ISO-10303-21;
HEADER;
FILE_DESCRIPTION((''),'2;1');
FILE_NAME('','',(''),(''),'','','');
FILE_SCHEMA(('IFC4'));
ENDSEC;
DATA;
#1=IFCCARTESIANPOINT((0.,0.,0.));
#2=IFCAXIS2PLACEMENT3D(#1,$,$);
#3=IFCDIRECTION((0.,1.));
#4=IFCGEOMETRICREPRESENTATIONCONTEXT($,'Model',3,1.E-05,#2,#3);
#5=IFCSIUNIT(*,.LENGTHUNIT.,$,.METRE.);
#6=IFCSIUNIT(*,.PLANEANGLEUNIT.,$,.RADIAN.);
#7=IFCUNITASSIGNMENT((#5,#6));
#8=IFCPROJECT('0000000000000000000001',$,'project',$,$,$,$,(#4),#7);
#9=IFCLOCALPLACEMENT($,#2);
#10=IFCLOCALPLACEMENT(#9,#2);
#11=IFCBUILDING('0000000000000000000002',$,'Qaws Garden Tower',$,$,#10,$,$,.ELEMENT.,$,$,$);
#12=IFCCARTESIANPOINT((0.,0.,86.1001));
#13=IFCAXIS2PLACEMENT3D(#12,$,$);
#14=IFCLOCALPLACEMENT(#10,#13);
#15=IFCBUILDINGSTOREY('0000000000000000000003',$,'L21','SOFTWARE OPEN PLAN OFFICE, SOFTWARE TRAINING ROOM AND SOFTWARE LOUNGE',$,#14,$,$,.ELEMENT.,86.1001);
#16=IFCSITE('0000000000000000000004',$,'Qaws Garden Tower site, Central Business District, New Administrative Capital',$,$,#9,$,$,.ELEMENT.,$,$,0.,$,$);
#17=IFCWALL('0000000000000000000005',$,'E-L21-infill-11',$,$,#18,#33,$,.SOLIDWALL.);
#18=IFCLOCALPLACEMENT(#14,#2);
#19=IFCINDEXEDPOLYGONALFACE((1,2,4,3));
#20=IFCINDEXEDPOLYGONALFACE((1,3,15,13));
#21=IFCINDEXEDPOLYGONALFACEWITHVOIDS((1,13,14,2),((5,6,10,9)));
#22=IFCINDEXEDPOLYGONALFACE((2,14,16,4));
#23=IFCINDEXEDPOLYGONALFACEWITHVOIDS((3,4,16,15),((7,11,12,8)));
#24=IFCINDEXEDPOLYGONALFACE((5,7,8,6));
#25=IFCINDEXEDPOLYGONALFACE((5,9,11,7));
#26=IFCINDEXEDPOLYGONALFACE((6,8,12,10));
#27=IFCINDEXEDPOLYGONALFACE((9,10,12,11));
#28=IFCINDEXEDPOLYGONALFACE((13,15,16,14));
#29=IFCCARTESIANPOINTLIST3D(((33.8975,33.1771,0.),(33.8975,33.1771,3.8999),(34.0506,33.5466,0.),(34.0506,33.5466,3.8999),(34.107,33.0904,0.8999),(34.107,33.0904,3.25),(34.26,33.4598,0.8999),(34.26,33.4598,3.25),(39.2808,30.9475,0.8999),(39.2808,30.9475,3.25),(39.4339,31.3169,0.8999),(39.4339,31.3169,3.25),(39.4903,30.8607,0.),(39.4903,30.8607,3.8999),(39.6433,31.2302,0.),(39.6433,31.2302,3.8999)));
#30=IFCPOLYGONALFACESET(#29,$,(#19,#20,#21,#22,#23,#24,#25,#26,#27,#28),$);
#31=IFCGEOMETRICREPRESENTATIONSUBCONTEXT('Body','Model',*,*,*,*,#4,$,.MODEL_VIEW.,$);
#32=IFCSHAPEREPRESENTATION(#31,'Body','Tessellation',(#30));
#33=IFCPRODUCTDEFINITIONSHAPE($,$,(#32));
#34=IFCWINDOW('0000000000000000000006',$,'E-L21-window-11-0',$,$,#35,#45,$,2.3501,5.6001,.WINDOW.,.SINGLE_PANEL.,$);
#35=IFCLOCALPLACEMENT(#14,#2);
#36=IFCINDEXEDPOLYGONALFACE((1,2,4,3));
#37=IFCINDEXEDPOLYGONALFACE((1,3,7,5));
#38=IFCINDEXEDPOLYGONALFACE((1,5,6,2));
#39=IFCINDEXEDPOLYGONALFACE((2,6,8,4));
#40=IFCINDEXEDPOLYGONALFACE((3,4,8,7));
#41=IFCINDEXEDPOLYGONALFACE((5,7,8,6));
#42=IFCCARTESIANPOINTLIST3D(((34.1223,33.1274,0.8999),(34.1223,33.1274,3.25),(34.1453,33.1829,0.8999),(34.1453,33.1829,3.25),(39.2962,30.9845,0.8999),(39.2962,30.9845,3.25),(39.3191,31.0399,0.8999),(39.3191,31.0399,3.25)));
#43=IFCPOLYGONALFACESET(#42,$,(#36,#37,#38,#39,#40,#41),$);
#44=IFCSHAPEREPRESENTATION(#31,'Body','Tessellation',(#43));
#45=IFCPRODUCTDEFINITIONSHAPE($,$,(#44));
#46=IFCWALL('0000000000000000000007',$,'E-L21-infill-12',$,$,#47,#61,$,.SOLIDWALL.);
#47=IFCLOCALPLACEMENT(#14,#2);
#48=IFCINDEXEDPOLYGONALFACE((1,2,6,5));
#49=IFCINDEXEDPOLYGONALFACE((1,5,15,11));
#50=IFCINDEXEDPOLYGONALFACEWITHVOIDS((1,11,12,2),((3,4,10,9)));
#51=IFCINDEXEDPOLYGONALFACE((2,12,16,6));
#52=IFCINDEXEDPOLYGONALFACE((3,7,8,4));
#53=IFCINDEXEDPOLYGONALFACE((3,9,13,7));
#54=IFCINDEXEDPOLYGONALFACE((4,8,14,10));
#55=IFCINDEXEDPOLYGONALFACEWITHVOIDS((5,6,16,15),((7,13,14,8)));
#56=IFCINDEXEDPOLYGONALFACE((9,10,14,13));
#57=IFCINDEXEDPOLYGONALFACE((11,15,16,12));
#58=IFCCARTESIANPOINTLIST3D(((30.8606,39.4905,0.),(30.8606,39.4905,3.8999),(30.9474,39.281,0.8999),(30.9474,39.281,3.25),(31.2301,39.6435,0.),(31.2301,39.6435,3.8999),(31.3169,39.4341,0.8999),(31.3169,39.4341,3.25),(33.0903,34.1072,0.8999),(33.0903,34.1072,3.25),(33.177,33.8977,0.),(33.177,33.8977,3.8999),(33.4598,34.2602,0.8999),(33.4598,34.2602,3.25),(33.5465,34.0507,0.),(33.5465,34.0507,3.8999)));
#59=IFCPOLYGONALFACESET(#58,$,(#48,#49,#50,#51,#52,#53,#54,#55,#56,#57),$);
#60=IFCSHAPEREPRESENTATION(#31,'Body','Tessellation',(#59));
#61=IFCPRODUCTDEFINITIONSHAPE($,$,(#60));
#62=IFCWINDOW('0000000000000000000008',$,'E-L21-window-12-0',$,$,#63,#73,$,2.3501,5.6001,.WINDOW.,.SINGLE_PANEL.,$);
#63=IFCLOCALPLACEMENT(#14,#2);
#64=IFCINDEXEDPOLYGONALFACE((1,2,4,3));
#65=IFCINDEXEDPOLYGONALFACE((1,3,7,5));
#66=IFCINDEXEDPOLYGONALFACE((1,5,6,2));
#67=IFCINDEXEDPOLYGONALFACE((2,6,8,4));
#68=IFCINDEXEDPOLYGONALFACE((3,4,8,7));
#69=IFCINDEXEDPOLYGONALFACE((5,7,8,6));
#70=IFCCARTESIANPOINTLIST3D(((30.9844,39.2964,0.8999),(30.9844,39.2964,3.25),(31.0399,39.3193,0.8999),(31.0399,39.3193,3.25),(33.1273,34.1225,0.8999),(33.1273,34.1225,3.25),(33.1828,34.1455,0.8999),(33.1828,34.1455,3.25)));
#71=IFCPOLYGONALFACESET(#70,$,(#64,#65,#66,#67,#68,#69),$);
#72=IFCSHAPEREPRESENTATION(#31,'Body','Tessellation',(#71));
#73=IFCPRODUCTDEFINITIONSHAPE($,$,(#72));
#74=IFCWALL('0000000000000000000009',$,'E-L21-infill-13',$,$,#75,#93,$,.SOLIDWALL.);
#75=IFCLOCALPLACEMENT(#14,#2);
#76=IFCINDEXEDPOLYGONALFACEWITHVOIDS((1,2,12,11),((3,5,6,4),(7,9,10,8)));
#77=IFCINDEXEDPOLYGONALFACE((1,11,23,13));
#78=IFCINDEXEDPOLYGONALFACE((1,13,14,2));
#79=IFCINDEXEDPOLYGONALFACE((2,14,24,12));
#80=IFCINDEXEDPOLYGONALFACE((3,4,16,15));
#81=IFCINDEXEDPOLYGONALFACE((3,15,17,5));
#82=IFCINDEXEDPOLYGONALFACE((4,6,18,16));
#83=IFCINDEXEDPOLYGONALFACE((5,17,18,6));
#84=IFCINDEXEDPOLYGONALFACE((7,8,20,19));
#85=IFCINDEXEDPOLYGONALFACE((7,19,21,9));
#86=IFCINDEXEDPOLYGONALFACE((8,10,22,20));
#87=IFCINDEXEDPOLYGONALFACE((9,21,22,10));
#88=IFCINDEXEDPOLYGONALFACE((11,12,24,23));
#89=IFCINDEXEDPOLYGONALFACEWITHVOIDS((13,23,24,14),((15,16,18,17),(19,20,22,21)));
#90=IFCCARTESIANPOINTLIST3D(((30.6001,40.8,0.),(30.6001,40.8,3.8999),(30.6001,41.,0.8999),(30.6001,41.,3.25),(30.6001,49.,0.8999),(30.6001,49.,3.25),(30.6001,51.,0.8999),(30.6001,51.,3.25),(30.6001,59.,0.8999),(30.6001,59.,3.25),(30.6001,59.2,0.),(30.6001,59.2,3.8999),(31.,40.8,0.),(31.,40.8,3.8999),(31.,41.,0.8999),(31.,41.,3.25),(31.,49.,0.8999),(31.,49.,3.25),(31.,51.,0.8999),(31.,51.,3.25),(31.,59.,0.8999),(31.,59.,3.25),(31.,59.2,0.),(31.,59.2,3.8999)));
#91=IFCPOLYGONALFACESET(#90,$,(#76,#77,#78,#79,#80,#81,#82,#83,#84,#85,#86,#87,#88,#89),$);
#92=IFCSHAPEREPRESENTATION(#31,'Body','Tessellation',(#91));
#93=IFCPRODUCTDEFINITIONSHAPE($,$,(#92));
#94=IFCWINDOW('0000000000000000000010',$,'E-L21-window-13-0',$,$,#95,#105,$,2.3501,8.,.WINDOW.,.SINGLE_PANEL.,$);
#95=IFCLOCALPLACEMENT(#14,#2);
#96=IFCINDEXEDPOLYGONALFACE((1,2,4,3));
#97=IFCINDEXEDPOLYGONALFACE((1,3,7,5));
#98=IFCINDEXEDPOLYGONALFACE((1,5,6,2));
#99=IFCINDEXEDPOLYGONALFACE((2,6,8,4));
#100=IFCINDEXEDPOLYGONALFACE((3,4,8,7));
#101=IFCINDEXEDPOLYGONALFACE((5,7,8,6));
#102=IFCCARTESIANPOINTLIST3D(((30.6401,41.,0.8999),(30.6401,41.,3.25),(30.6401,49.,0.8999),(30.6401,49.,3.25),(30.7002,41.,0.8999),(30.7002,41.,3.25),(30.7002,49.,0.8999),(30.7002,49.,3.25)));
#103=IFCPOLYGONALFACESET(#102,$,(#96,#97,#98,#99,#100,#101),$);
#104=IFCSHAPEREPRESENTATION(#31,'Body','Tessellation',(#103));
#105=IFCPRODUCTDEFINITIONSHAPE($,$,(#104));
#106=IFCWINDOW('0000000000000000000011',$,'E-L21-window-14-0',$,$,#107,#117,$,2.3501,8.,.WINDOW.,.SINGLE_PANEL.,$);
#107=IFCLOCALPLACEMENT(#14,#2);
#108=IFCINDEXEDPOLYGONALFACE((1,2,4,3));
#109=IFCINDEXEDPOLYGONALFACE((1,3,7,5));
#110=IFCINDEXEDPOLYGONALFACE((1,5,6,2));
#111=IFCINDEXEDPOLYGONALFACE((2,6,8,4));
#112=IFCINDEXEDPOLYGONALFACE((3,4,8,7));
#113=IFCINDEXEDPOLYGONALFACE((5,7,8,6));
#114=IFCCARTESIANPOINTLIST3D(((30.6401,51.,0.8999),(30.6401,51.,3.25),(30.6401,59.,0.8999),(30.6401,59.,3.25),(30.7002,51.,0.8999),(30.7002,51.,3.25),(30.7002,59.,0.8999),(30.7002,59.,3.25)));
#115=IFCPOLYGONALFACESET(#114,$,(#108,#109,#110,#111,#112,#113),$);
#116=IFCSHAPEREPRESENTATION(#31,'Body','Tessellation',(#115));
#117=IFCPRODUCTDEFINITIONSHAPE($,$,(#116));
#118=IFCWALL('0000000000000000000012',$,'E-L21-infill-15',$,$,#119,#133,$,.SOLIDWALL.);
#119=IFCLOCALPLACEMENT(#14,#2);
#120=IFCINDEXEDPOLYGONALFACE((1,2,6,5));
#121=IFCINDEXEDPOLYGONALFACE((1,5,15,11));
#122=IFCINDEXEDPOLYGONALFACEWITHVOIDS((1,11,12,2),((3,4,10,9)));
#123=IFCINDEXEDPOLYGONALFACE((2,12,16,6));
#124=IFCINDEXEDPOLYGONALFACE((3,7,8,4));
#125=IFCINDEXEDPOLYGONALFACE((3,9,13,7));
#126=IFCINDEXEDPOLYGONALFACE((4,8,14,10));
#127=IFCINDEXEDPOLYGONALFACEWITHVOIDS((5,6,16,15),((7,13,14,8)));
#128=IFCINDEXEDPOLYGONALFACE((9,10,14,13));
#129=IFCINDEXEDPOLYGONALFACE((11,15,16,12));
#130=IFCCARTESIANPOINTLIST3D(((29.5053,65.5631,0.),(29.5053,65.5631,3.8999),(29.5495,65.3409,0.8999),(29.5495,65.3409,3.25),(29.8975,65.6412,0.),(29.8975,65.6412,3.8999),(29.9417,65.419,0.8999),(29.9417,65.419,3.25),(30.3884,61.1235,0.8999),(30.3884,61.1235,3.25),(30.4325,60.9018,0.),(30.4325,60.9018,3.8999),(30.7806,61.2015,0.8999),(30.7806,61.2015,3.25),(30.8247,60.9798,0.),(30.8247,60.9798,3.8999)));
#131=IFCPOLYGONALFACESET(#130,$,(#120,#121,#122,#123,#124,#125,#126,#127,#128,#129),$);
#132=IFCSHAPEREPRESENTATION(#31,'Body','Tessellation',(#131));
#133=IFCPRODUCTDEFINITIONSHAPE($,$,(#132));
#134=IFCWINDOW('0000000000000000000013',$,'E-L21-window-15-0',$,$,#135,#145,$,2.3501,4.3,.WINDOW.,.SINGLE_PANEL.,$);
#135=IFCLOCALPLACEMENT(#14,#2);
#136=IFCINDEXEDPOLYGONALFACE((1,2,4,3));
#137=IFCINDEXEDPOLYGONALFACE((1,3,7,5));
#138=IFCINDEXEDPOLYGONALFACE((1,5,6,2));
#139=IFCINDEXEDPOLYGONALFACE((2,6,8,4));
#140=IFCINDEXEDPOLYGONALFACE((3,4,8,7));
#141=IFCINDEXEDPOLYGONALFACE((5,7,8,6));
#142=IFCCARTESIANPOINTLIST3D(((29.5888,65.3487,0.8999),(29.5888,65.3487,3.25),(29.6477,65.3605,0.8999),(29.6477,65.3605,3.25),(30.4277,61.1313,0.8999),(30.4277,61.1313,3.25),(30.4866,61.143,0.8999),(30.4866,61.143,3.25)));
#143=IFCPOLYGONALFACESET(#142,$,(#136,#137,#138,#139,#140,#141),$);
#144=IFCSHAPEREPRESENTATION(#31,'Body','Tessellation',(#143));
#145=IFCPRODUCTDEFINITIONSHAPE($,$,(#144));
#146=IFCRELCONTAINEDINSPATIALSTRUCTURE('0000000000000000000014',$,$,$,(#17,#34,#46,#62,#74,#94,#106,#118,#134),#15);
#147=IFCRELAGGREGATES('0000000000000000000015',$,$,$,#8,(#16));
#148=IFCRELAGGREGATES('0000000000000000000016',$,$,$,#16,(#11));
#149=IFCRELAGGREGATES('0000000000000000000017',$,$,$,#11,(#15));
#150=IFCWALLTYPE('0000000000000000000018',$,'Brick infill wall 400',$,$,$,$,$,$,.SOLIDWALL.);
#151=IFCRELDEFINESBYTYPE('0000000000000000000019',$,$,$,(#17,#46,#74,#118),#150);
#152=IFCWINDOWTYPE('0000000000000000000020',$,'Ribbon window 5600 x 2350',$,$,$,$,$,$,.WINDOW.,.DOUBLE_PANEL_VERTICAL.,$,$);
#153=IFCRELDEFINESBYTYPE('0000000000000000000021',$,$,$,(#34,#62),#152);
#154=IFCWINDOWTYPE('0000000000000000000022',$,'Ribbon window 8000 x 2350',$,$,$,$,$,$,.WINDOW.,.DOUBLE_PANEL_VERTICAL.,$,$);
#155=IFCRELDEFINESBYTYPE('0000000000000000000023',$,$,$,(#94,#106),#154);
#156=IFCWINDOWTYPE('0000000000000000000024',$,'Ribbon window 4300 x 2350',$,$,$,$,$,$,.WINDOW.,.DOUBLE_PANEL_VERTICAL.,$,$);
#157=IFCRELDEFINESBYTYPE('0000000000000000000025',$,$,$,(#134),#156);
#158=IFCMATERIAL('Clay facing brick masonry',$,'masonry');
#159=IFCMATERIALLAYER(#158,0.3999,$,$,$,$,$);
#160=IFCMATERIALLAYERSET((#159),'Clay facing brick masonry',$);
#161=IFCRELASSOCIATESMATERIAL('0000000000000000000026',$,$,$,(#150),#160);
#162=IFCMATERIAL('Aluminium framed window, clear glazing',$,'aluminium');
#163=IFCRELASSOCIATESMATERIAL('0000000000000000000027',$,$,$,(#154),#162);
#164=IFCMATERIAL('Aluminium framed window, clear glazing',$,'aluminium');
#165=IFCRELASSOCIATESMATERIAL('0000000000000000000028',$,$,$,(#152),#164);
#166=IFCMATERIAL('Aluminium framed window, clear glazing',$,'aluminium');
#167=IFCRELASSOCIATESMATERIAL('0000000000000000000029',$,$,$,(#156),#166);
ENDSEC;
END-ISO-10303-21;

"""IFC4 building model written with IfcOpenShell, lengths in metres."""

from ifc_helpers import new_model, si_unit, direction, frame, frame_2d, origin, place, context, subcontext, project, spatial, rectangle, extrude, material, layer, layer_set, type_object, element, fill, save


model = new_model("IFC4")

# Units and contexts
model_context = context("Model", 3, precision=1e-05, world=origin(), true_north=direction((0.0, 1.0)))
body_context = subcontext(model_context, "Body", "Model", "MODEL_VIEW")
ifc_project = project(units=[si_unit("LENGTHUNIT", "METRE"), si_unit("PLANEANGLEUNIT", "RADIAN")], contexts=[model_context])

# Site, building, storey
site_placement = place(None, origin())
site = spatial("IfcSite", under=ifc_project, at=site_placement, Name="Qaws Garden Tower site, Central Business District, New Administrative Capital", CompositionType="ELEMENT", RefElevation=0.0)
building_placement = place(site_placement, origin())
building = spatial("IfcBuilding", under=site, at=building_placement, Name="Qaws Garden Tower", CompositionType="ELEMENT")
storey_placement = place(building_placement, frame((0.0, 0.0, 86.1001)))
storey = spatial("IfcBuildingStorey", under=building, at=storey_placement, Name="L21", Description="SOFTWARE OPEN PLAN OFFICE, SOFTWARE TRAINING ROOM AND SOFTWARE LOUNGE", CompositionType="ELEMENT", Elevation=86.1001)

# Shared definitions
ifc_material_1 = material(Name="Clay facing brick masonry", Category="masonry")
ifc_layer_1 = layer(ifc_material_1, 0.3999)
ifc_layer_set_1 = layer_set([ifc_layer_1], Name="Clay facing brick masonry")
wall_type_1 = type_object("IfcWallType", Name="Brick infill wall 400", PredefinedType="SOLIDWALL", material=ifc_layer_set_1)
ifc_material_2 = material(Name="Aluminium framed window, clear glazing", Category="aluminium")
window_type_1 = type_object("IfcWindowType", Name="Ribbon window 8000 x 2350", PartitioningType="DOUBLE_PANEL_VERTICAL", PredefinedType="WINDOW", material=ifc_material_2)

# Walls, openings, windows
wall_1_placement = place(storey_placement, frame((39.5669, 31.0454, 0.0), z_axis=(0.0, 0.0, 1.0), x_axis=(-0.923891, 0.382656, 0.0)))
wall_1 = element("IfcWall", 1, at=wall_1_placement, inside=storey, type_object=wall_type_1, Name="E-L21-infill-11", PredefinedType="SOLIDWALL", context=body_context, shape_type="SweptSolid", body=[
    extrude(rectangle(XDim=6.0535, YDim=0.3999, at=frame_2d((3.0269, 0.0))), origin(), (0.0, 0.0, 1.0), 3.8999),
])
opening_1_placement = place(wall_1_placement, frame((0.2268, 0.0, 0.8999)))
opening_1 = element("IfcOpeningElement", 2, at=opening_1_placement, cuts=wall_1, PredefinedType="OPENING", context=body_context, shape_type="SweptSolid", body=[
    extrude(rectangle(XDim=5.6001, YDim=2.3501, at=frame_2d((2.8, 1.175))), frame((0.0, 0.21, 0.0), z_axis=(0.0, -1.0, 0.0), x_axis=(1.0, 0.0, 0.0)), (0.0, 0.0, 1.0), 0.4199),
])
ifc_material_3 = material(Name="Aluminium framed window, clear glazing", Category="aluminium")
window_type_2 = type_object("IfcWindowType", Name="Ribbon window 5600 x 2350", PartitioningType="DOUBLE_PANEL_VERTICAL", PredefinedType="WINDOW", material=ifc_material_3)
window_1_placement = place(opening_1_placement, origin())
window_1 = element("IfcWindow", 3, at=window_1_placement, inside=storey, type_object=window_type_2, Name="E-L21-window-11-0", OverallHeight=2.3501, OverallWidth=5.6001, PartitioningType="SINGLE_PANEL", PredefinedType="WINDOW", context=body_context, shape_type="SweptSolid", body=[
    extrude(rectangle(XDim=5.6001, YDim=2.3501, at=frame_2d((2.8, 1.175))), frame((0.0, 0.1599, 0.0), z_axis=(0.0, -1.0, 0.0), x_axis=(1.0, 0.0, 0.0)), (0.0, 0.0, 1.0), 0.0601),
])
fill(opening_1, window_1)
wall_2_placement = place(storey_placement, frame((33.3618, 33.9741, 0.0), z_axis=(0.0, 0.0, 1.0), x_axis=(-0.382656, 0.923891, 0.0)))
wall_2 = element("IfcWall", 4, at=wall_2_placement, inside=storey, type_object=wall_type_1, Name="E-L21-infill-12", PredefinedType="SOLIDWALL", context=body_context, shape_type="SweptSolid", body=[
    extrude(rectangle(XDim=6.0535, YDim=0.3999, at=frame_2d((3.0269, 0.0))), origin(), (0.0, 0.0, 1.0), 3.8999),
])
opening_2_placement = place(wall_2_placement, frame((0.2268, 0.0, 0.8999)))
opening_2 = element("IfcOpeningElement", 5, at=opening_2_placement, cuts=wall_2, PredefinedType="OPENING", context=body_context, shape_type="SweptSolid", body=[
    extrude(rectangle(XDim=5.6001, YDim=2.3501, at=frame_2d((2.8, 1.175))), frame((0.0, 0.21, 0.0), z_axis=(0.0, -1.0, 0.0), x_axis=(1.0, 0.0, 0.0)), (0.0, 0.0, 1.0), 0.4199),
])
window_2_placement = place(opening_2_placement, origin())
window_2 = element("IfcWindow", 6, at=window_2_placement, inside=storey, type_object=window_type_2, Name="E-L21-window-12-0", OverallHeight=2.3501, OverallWidth=5.6001, PartitioningType="SINGLE_PANEL", PredefinedType="WINDOW", context=body_context, shape_type="SweptSolid", body=[
    extrude(rectangle(XDim=5.6001, YDim=2.3501, at=frame_2d((2.8, 1.175))), frame((0.0, 0.1599, 0.0), z_axis=(0.0, -1.0, 0.0), x_axis=(1.0, 0.0, 0.0)), (0.0, 0.0, 1.0), 0.0601),
])
fill(opening_2, window_2)

# Wall, openings, windows
wall_3_placement = place(storey_placement, frame((30.8, 40.8, 0.0), z_axis=(0.0, 0.0, 1.0), x_axis=(0.0, 1.0, 0.0)))
wall_3 = element("IfcWall", 7, at=wall_3_placement, inside=storey, type_object=wall_type_1, Name="E-L21-infill-13", PredefinedType="SOLIDWALL", context=body_context, shape_type="SweptSolid", body=[
    extrude(rectangle(XDim=18.3999, YDim=0.3999, at=frame_2d((9.2, 0.0))), origin(), (0.0, 0.0, 1.0), 3.8999),
])
opening_3_placement = place(wall_3_placement, frame((0.2, 0.0, 0.8999)))
opening_3 = element("IfcOpeningElement", 8, at=opening_3_placement, cuts=wall_3, PredefinedType="OPENING", context=body_context, shape_type="SweptSolid", body=[
    extrude(rectangle(XDim=8.0, YDim=2.3501, at=frame_2d((4.0, 1.175))), frame((0.0, 0.21, 0.0), z_axis=(0.0, -1.0, 0.0), x_axis=(1.0, 0.0, 0.0)), (0.0, 0.0, 1.0), 0.4199),
])
opening_4_placement = place(wall_3_placement, frame((10.2, 0.0, 0.8999)))
opening_4 = element("IfcOpeningElement", 9, at=opening_4_placement, cuts=wall_3, PredefinedType="OPENING", context=body_context, shape_type="SweptSolid", body=[
    extrude(rectangle(XDim=8.0, YDim=2.3501, at=frame_2d((4.0, 1.175))), frame((0.0, 0.21, 0.0), z_axis=(0.0, -1.0, 0.0), x_axis=(1.0, 0.0, 0.0)), (0.0, 0.0, 1.0), 0.4199),
])
window_3_placement = place(opening_3_placement, origin())
window_3 = element("IfcWindow", 10, at=window_3_placement, inside=storey, type_object=window_type_1, Name="E-L21-window-13-0", OverallHeight=2.3501, OverallWidth=8.0, PartitioningType="SINGLE_PANEL", PredefinedType="WINDOW", context=body_context, shape_type="SweptSolid", body=[
    extrude(rectangle(XDim=8.0, YDim=2.3501, at=frame_2d((4.0, 1.175))), frame((0.0, 0.1599, 0.0), z_axis=(0.0, -1.0, 0.0), x_axis=(1.0, 0.0, 0.0)), (0.0, 0.0, 1.0), 0.0601),
])
fill(opening_3, window_3)
window_4_placement = place(opening_4_placement, origin())
window_4 = element("IfcWindow", 11, at=window_4_placement, inside=storey, type_object=window_type_1, Name="E-L21-window-14-0", OverallHeight=2.3501, OverallWidth=8.0, PartitioningType="SINGLE_PANEL", PredefinedType="WINDOW", context=body_context, shape_type="SweptSolid", body=[
    extrude(rectangle(XDim=8.0, YDim=2.3501, at=frame_2d((4.0, 1.175))), frame((0.0, 0.1599, 0.0), z_axis=(0.0, -1.0, 0.0), x_axis=(1.0, 0.0, 0.0)), (0.0, 0.0, 1.0), 0.0601),
])
fill(opening_4, window_4)

# Wall, opening, window
wall_4_placement = place(storey_placement, frame((30.6287, 60.9407, 0.0), z_axis=(0.0, 0.0, 1.0), x_axis=(-0.195099, 0.980784, 0.0)))
wall_4 = element("IfcWall", 12, at=wall_4_placement, inside=storey, type_object=wall_type_1, Name="E-L21-infill-15", PredefinedType="SOLIDWALL", context=body_context, shape_type="SweptSolid", body=[
    extrude(rectangle(XDim=4.7527, YDim=0.3999, at=frame_2d((2.3765, 0.0))), origin(), (0.0, 0.0, 1.0), 3.8999),
])
opening_5_placement = place(wall_4_placement, frame((0.2263, 0.0, 0.8999)))
opening_5 = element("IfcOpeningElement", 13, at=opening_5_placement, cuts=wall_4, PredefinedType="OPENING", context=body_context, shape_type="SweptSolid", body=[
    extrude(rectangle(XDim=4.3, YDim=2.3501, at=frame_2d((2.1499, 1.175))), frame((0.0, 0.21, 0.0), z_axis=(0.0, -1.0, 0.0), x_axis=(1.0, 0.0, 0.0)), (0.0, 0.0, 1.0), 0.4199),
])
ifc_material_4 = material(Name="Aluminium framed window, clear glazing", Category="aluminium")
window_type_3 = type_object("IfcWindowType", Name="Ribbon window 4300 x 2350", PartitioningType="DOUBLE_PANEL_VERTICAL", PredefinedType="WINDOW", material=ifc_material_4)
window_5_placement = place(opening_5_placement, origin())
window_5 = element("IfcWindow", 14, at=window_5_placement, inside=storey, type_object=window_type_3, Name="E-L21-window-15-0", OverallHeight=2.3501, OverallWidth=4.3, PartitioningType="SINGLE_PANEL", PredefinedType="WINDOW", context=body_context, shape_type="SweptSolid", body=[
    extrude(rectangle(XDim=4.3, YDim=2.3501, at=frame_2d((2.1499, 1.175))), frame((0.0, 0.1599, 0.0), z_axis=(0.0, -1.0, 0.0), x_axis=(1.0, 0.0, 0.0)), (0.0, 0.0, 1.0), 0.0601),
])
fill(opening_5, window_5)

save(model, "model.ifc")
